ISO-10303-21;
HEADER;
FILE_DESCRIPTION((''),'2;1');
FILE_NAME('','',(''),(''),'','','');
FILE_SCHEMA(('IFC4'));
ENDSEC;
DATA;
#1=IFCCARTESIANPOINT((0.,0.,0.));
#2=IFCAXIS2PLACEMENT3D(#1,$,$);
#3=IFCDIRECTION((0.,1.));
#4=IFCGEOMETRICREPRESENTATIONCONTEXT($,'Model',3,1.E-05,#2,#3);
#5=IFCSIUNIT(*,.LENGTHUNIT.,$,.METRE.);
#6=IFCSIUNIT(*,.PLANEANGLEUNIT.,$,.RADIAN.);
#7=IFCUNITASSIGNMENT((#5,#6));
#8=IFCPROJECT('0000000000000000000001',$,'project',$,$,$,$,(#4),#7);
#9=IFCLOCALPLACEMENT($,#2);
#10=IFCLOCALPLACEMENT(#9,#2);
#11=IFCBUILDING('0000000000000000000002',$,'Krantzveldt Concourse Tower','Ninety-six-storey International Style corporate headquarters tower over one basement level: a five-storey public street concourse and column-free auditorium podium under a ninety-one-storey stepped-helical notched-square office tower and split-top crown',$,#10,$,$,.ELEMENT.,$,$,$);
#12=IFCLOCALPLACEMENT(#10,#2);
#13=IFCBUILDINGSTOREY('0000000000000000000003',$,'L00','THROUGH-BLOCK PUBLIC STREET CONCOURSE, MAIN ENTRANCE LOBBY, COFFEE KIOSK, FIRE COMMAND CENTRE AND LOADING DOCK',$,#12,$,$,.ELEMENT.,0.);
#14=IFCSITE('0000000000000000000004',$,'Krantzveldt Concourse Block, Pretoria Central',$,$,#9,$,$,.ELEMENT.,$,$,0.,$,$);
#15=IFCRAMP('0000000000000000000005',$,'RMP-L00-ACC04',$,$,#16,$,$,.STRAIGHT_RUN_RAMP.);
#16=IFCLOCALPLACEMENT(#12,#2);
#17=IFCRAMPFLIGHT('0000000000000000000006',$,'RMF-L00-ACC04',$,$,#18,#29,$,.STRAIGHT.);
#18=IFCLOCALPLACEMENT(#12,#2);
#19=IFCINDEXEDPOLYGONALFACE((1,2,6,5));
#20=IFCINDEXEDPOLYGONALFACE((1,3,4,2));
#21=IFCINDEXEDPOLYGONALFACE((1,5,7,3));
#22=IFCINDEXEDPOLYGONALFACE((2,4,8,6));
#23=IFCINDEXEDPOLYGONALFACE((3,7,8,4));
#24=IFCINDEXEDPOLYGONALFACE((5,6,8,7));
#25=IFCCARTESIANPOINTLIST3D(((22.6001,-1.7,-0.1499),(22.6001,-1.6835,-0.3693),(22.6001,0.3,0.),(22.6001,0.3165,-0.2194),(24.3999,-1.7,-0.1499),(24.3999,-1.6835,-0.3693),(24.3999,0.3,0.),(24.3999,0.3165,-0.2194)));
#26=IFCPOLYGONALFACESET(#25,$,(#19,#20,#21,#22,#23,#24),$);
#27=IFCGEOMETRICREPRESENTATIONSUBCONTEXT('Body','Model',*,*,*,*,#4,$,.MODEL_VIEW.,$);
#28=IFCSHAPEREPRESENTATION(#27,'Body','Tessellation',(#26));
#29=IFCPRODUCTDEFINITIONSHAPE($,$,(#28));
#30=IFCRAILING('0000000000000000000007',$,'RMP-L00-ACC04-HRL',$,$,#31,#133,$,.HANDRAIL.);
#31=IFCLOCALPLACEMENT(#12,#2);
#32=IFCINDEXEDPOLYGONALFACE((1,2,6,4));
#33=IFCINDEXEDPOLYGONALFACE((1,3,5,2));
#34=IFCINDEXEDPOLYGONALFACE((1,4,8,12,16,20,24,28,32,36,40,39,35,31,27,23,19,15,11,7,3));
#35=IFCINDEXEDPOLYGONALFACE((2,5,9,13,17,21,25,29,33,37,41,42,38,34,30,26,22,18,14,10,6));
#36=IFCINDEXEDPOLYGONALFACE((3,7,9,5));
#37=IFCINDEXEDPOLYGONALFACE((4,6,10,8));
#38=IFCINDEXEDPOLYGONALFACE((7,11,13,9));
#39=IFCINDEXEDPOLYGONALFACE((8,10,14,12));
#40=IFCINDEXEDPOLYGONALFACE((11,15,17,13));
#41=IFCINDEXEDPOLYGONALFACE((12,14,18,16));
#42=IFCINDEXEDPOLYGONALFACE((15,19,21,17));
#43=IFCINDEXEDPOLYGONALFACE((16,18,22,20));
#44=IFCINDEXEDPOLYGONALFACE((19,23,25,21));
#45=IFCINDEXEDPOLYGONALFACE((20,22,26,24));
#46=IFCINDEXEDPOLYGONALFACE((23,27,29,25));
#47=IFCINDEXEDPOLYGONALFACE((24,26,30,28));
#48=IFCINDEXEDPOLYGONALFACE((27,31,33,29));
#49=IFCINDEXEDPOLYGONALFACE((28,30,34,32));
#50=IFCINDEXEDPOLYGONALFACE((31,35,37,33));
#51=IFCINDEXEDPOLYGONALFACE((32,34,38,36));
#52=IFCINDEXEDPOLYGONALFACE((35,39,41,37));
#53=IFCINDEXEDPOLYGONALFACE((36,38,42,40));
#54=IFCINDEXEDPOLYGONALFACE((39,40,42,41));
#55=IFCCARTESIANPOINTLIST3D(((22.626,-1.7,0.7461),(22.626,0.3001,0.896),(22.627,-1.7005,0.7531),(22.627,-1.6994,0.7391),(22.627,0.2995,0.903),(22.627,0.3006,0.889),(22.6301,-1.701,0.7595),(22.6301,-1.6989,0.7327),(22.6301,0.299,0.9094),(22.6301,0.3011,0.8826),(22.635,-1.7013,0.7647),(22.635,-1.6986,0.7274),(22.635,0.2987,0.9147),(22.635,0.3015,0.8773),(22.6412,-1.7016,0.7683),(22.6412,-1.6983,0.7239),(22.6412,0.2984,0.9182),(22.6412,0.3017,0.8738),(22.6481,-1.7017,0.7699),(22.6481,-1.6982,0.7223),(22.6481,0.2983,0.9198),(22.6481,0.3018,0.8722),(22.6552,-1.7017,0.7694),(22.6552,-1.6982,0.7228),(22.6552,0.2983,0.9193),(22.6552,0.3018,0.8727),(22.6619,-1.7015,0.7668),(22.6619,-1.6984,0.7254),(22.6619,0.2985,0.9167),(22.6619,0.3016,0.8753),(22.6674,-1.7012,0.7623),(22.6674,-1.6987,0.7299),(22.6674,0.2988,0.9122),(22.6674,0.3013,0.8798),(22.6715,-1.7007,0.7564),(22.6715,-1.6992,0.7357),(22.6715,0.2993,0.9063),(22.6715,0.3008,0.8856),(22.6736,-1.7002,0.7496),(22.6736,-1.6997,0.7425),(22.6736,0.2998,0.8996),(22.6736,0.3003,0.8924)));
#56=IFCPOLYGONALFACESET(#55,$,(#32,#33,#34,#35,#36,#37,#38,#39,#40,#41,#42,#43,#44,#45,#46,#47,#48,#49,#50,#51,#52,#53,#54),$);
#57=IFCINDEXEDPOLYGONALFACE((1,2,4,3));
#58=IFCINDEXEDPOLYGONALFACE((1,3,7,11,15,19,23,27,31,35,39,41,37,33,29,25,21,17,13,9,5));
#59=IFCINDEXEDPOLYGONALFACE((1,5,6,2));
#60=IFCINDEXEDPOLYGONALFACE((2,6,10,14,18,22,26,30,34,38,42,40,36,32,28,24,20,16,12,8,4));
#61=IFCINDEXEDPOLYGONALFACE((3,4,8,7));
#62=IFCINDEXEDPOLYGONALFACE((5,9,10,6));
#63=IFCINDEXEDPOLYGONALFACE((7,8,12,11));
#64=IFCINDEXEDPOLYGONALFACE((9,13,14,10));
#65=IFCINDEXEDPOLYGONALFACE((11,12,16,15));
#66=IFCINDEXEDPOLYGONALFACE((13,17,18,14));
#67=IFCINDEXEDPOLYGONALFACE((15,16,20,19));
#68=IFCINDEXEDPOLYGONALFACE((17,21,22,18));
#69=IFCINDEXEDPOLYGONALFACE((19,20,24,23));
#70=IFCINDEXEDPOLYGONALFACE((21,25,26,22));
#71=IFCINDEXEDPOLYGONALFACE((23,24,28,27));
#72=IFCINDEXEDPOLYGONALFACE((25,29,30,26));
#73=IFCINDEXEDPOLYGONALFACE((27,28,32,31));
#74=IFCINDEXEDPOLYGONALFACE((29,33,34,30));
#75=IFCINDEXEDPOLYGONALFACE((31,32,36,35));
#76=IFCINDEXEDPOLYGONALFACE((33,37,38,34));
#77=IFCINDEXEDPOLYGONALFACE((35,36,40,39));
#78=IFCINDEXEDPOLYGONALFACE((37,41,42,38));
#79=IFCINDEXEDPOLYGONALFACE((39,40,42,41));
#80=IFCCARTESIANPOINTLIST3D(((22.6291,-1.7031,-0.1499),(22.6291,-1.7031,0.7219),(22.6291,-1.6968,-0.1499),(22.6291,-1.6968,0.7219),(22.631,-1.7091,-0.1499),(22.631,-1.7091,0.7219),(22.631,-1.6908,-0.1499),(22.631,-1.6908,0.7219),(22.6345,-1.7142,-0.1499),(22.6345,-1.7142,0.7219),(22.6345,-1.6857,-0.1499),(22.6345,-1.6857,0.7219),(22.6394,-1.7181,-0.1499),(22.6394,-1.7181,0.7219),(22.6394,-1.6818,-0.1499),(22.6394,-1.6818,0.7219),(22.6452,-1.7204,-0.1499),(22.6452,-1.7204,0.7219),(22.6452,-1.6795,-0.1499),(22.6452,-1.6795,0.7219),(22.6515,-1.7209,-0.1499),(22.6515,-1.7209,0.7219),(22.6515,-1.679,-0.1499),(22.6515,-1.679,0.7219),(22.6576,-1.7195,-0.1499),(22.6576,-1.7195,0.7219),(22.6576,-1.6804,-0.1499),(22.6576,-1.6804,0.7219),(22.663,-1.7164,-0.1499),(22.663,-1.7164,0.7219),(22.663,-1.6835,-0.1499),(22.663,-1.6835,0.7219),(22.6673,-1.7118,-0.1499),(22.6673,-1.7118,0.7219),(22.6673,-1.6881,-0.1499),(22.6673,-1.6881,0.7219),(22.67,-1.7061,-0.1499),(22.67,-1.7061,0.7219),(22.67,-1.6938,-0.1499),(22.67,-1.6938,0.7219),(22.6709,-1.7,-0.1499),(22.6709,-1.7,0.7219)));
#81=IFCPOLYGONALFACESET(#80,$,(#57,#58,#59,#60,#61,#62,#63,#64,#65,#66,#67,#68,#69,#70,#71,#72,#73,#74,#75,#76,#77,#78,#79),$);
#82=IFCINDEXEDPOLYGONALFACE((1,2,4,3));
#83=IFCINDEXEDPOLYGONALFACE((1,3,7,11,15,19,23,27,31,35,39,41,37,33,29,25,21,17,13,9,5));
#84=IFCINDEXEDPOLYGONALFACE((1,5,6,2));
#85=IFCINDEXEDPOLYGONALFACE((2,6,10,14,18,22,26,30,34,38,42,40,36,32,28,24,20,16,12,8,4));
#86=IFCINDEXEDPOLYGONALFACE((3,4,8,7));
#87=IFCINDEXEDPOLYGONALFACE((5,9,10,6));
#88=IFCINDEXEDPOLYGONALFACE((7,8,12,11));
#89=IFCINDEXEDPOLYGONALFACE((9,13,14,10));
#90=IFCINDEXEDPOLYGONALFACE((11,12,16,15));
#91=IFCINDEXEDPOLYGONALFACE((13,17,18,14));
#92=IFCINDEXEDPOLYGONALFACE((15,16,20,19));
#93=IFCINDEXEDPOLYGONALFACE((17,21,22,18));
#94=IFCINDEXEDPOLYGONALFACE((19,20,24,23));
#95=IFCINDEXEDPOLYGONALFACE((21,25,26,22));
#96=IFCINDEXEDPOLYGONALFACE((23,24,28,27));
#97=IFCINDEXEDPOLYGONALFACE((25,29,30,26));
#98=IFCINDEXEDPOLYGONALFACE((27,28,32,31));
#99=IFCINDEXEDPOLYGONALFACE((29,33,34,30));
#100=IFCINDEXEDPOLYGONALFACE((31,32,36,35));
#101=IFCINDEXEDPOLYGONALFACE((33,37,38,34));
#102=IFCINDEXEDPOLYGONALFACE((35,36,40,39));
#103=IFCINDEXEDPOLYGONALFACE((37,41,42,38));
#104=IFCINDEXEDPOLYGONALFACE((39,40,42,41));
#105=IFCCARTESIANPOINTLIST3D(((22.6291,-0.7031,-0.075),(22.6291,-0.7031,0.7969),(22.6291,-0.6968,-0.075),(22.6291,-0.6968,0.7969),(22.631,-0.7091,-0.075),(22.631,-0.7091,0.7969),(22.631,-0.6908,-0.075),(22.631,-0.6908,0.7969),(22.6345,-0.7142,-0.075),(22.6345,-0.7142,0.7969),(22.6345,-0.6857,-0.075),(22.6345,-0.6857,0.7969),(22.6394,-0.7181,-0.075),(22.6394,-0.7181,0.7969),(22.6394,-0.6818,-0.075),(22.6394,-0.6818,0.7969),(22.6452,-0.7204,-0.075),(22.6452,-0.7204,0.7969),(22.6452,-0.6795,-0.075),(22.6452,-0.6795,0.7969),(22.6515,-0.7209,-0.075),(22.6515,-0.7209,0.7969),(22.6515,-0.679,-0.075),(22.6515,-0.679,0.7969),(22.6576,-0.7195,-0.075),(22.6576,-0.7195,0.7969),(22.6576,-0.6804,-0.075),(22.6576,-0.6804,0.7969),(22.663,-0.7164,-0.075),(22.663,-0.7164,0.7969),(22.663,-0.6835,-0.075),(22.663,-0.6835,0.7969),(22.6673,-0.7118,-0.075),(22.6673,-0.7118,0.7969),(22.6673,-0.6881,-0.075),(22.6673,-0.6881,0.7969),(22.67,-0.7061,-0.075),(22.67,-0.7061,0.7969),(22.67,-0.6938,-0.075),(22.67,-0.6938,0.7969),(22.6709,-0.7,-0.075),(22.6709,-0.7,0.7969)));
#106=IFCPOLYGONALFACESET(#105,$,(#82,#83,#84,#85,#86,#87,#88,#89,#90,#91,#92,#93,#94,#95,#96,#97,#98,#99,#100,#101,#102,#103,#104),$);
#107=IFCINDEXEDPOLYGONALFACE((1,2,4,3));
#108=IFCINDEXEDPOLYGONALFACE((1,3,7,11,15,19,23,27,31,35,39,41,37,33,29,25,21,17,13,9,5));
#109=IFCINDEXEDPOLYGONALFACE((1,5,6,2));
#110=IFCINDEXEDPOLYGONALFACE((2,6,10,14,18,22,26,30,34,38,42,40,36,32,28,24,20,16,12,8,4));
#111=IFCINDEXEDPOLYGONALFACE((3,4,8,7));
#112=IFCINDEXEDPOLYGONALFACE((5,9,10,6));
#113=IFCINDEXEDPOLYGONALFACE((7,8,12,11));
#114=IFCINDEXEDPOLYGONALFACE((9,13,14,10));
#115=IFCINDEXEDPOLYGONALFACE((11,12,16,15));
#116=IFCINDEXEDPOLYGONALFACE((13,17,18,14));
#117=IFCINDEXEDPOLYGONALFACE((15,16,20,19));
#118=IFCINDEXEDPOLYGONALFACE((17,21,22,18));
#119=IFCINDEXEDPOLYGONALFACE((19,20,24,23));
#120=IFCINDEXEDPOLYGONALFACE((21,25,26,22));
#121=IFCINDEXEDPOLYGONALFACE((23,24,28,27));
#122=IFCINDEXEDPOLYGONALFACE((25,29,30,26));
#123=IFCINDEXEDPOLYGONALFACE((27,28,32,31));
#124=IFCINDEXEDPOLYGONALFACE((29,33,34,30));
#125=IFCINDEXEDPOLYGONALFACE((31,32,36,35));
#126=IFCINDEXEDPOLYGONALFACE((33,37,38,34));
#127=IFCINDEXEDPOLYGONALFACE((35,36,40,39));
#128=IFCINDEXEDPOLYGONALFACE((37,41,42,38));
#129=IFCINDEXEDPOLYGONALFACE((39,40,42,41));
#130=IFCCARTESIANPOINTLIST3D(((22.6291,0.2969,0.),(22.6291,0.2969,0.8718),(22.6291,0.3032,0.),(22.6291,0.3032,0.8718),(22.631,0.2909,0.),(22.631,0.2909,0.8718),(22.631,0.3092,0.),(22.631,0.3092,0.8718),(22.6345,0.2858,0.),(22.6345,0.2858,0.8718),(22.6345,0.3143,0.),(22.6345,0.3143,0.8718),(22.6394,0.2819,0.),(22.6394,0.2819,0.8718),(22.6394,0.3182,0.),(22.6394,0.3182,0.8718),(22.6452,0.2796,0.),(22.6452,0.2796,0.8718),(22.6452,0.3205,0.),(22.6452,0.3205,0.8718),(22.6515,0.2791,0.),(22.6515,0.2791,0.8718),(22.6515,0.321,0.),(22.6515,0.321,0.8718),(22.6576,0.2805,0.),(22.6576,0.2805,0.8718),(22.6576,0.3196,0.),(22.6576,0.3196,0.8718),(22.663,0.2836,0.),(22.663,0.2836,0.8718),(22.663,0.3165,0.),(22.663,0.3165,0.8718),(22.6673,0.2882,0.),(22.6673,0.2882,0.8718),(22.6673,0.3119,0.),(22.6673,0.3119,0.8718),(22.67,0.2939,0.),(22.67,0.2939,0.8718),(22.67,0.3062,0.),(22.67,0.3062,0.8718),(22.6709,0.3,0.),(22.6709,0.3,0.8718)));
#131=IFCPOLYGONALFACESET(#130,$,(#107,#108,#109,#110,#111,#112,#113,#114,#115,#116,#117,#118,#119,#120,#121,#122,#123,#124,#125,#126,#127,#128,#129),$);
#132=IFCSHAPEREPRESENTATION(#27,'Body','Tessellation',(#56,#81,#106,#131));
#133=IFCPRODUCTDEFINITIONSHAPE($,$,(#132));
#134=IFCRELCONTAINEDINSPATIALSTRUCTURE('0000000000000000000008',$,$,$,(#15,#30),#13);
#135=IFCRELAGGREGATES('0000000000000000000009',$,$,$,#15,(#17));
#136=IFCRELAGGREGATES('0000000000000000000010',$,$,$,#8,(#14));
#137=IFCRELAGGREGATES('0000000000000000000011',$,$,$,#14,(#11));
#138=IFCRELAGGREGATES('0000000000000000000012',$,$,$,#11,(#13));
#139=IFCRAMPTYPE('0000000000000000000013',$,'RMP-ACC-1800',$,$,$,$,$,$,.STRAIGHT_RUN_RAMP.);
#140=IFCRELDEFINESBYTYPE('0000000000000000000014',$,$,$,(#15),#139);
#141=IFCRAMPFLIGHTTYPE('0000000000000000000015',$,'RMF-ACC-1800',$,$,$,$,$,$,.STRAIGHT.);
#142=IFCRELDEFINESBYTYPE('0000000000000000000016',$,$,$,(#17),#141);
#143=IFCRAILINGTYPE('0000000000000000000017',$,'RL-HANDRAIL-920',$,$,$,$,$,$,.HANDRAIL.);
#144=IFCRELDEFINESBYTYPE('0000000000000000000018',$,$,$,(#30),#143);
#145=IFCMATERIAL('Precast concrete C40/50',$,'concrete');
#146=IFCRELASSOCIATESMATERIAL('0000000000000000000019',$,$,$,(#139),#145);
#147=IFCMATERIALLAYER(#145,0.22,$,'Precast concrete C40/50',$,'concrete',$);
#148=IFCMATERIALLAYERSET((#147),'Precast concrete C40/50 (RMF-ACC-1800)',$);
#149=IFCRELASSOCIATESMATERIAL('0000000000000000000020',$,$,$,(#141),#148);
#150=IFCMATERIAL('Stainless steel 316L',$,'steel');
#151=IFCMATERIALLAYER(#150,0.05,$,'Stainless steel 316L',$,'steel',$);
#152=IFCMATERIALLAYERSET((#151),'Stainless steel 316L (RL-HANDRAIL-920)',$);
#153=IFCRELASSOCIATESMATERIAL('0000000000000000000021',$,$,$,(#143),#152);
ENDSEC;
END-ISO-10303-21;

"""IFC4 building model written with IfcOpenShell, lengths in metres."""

from ifc_helpers import new_model, si_unit, direction, frame, origin, origin_2d, place, context, subcontext, project, spatial, polyline, circle, outline, extrude, material, layer, layer_set, type_object, element, aggregate, save


model = new_model("IFC4")

# Units and contexts
model_context = context("Model", 3, precision=1e-05, world=origin(), true_north=direction((0.0, 1.0)))
body_context = subcontext(model_context, "Body", "Model", "MODEL_VIEW")
ifc_project = project(units=[si_unit("LENGTHUNIT", "METRE"), si_unit("PLANEANGLEUNIT", "RADIAN")], contexts=[model_context])

# Site, building, storey
site_placement = place(None, origin())
site = spatial("IfcSite", under=ifc_project, at=site_placement, Name="Krantzveldt Concourse Block, Pretoria Central", CompositionType="ELEMENT", RefElevation=0.0)
building_placement = place(site_placement, origin())
building = spatial("IfcBuilding", under=site, at=building_placement, Name="Krantzveldt Concourse Tower", Description="Ninety-six-storey International Style corporate headquarters tower over one basement level: a five-storey public street concourse and column-free auditorium podium under a ninety-one-storey stepped-helical notched-square office tower and split-top crown", CompositionType="ELEMENT")
storey_placement = place(building_placement, origin())
storey = spatial("IfcBuildingStorey", under=building, at=storey_placement, Name="L00", Description="THROUGH-BLOCK PUBLIC STREET CONCOURSE, MAIN ENTRANCE LOBBY, COFFEE KIOSK, FIRE COMMAND CENTRE AND LOADING DOCK", CompositionType="ELEMENT", Elevation=0.0)

# Ramp, ramp flight
ifc_material_1 = material(Name="Precast concrete C40/50", Category="concrete")
ramp_type = type_object("IfcRampType", Name="RMP-ACC-1800", PredefinedType="STRAIGHT_RUN_RAMP", material=ifc_material_1)
ramp_placement = place(storey_placement, origin())
ramp = element("IfcRamp", 1, at=ramp_placement, inside=storey, type_object=ramp_type, Name="RMP-L00-ACC04", PredefinedType="STRAIGHT_RUN_RAMP")
ifc_layer_1 = layer(ifc_material_1, 0.22, Name="Precast concrete C40/50", Category="concrete")
ifc_layer_set_1 = layer_set([ifc_layer_1], Name="Precast concrete C40/50 (RMF-ACC-1800)")
ramp_flight_type = type_object("IfcRampFlightType", Name="RMF-ACC-1800", PredefinedType="STRAIGHT", material=ifc_layer_set_1)
ramp_flight_placement = place(storey_placement, frame((22.6001, -1.7, -0.1499), z_axis=(0.0, -0.074742, 0.997203), x_axis=(1.0, 0.0, 0.0)))
ramp_flight = element("IfcRampFlight", 2, at=ramp_flight_placement, type_object=ramp_flight_type, Name="RMF-L00-ACC04", PredefinedType="STRAIGHT", context=body_context, shape_type="SweptSolid", body=[
    extrude(outline(polyline([(0.0, 0.0), (1.7998, 0.0), (1.7998, 2.0056), (0.0, 2.0056), (0.0, 0.0)])), origin(), (0.0, 0.0, -1.0), 0.22),
])
aggregate(ramp, [ramp_flight])

# Railing
ifc_material_2 = material(Name="Stainless steel 316L", Category="steel")
ifc_layer_2 = layer(ifc_material_2, 0.05, Name="Stainless steel 316L", Category="steel")
ifc_layer_set_2 = layer_set([ifc_layer_2], Name="Stainless steel 316L (RL-HANDRAIL-920)")
railing_type = type_object("IfcRailingType", Name="RL-HANDRAIL-920", PredefinedType="HANDRAIL", material=ifc_layer_set_2)
for number, where, name in (
    (3, (22.6499, -1.7, -0.1499), "RMP-L00-ACC04-HRL"),
):
    element("IfcRailing", number, at=place(storey_placement, frame(where)), inside=storey, type_object=railing_type, Name=name, PredefinedType="HANDRAIL", context=body_context, shape_type="SweptSolid", body=[
        extrude(circle(Radius=0.0239, at=origin_2d()), frame((0.0, 0.0, 0.896), z_axis=(0.0, 0.997203, 0.074742), x_axis=(-1.0, 0.0, 0.0)), (0.0, 0.0, 1.0), 2.0056),
        extrude(circle(Radius=0.021, at=origin_2d()), origin(), (0.0, 0.0, 1.0), 0.8718),
        extrude(circle(Radius=0.021, at=origin_2d()), frame((0.0, 1.0, 0.075)), (0.0, 0.0, 1.0), 0.8718),
        extrude(circle(Radius=0.021, at=origin_2d()), frame((0.0, 2.0, 0.1499)), (0.0, 0.0, 1.0), 0.8718),
    ])

save(model, "model.ifc")
